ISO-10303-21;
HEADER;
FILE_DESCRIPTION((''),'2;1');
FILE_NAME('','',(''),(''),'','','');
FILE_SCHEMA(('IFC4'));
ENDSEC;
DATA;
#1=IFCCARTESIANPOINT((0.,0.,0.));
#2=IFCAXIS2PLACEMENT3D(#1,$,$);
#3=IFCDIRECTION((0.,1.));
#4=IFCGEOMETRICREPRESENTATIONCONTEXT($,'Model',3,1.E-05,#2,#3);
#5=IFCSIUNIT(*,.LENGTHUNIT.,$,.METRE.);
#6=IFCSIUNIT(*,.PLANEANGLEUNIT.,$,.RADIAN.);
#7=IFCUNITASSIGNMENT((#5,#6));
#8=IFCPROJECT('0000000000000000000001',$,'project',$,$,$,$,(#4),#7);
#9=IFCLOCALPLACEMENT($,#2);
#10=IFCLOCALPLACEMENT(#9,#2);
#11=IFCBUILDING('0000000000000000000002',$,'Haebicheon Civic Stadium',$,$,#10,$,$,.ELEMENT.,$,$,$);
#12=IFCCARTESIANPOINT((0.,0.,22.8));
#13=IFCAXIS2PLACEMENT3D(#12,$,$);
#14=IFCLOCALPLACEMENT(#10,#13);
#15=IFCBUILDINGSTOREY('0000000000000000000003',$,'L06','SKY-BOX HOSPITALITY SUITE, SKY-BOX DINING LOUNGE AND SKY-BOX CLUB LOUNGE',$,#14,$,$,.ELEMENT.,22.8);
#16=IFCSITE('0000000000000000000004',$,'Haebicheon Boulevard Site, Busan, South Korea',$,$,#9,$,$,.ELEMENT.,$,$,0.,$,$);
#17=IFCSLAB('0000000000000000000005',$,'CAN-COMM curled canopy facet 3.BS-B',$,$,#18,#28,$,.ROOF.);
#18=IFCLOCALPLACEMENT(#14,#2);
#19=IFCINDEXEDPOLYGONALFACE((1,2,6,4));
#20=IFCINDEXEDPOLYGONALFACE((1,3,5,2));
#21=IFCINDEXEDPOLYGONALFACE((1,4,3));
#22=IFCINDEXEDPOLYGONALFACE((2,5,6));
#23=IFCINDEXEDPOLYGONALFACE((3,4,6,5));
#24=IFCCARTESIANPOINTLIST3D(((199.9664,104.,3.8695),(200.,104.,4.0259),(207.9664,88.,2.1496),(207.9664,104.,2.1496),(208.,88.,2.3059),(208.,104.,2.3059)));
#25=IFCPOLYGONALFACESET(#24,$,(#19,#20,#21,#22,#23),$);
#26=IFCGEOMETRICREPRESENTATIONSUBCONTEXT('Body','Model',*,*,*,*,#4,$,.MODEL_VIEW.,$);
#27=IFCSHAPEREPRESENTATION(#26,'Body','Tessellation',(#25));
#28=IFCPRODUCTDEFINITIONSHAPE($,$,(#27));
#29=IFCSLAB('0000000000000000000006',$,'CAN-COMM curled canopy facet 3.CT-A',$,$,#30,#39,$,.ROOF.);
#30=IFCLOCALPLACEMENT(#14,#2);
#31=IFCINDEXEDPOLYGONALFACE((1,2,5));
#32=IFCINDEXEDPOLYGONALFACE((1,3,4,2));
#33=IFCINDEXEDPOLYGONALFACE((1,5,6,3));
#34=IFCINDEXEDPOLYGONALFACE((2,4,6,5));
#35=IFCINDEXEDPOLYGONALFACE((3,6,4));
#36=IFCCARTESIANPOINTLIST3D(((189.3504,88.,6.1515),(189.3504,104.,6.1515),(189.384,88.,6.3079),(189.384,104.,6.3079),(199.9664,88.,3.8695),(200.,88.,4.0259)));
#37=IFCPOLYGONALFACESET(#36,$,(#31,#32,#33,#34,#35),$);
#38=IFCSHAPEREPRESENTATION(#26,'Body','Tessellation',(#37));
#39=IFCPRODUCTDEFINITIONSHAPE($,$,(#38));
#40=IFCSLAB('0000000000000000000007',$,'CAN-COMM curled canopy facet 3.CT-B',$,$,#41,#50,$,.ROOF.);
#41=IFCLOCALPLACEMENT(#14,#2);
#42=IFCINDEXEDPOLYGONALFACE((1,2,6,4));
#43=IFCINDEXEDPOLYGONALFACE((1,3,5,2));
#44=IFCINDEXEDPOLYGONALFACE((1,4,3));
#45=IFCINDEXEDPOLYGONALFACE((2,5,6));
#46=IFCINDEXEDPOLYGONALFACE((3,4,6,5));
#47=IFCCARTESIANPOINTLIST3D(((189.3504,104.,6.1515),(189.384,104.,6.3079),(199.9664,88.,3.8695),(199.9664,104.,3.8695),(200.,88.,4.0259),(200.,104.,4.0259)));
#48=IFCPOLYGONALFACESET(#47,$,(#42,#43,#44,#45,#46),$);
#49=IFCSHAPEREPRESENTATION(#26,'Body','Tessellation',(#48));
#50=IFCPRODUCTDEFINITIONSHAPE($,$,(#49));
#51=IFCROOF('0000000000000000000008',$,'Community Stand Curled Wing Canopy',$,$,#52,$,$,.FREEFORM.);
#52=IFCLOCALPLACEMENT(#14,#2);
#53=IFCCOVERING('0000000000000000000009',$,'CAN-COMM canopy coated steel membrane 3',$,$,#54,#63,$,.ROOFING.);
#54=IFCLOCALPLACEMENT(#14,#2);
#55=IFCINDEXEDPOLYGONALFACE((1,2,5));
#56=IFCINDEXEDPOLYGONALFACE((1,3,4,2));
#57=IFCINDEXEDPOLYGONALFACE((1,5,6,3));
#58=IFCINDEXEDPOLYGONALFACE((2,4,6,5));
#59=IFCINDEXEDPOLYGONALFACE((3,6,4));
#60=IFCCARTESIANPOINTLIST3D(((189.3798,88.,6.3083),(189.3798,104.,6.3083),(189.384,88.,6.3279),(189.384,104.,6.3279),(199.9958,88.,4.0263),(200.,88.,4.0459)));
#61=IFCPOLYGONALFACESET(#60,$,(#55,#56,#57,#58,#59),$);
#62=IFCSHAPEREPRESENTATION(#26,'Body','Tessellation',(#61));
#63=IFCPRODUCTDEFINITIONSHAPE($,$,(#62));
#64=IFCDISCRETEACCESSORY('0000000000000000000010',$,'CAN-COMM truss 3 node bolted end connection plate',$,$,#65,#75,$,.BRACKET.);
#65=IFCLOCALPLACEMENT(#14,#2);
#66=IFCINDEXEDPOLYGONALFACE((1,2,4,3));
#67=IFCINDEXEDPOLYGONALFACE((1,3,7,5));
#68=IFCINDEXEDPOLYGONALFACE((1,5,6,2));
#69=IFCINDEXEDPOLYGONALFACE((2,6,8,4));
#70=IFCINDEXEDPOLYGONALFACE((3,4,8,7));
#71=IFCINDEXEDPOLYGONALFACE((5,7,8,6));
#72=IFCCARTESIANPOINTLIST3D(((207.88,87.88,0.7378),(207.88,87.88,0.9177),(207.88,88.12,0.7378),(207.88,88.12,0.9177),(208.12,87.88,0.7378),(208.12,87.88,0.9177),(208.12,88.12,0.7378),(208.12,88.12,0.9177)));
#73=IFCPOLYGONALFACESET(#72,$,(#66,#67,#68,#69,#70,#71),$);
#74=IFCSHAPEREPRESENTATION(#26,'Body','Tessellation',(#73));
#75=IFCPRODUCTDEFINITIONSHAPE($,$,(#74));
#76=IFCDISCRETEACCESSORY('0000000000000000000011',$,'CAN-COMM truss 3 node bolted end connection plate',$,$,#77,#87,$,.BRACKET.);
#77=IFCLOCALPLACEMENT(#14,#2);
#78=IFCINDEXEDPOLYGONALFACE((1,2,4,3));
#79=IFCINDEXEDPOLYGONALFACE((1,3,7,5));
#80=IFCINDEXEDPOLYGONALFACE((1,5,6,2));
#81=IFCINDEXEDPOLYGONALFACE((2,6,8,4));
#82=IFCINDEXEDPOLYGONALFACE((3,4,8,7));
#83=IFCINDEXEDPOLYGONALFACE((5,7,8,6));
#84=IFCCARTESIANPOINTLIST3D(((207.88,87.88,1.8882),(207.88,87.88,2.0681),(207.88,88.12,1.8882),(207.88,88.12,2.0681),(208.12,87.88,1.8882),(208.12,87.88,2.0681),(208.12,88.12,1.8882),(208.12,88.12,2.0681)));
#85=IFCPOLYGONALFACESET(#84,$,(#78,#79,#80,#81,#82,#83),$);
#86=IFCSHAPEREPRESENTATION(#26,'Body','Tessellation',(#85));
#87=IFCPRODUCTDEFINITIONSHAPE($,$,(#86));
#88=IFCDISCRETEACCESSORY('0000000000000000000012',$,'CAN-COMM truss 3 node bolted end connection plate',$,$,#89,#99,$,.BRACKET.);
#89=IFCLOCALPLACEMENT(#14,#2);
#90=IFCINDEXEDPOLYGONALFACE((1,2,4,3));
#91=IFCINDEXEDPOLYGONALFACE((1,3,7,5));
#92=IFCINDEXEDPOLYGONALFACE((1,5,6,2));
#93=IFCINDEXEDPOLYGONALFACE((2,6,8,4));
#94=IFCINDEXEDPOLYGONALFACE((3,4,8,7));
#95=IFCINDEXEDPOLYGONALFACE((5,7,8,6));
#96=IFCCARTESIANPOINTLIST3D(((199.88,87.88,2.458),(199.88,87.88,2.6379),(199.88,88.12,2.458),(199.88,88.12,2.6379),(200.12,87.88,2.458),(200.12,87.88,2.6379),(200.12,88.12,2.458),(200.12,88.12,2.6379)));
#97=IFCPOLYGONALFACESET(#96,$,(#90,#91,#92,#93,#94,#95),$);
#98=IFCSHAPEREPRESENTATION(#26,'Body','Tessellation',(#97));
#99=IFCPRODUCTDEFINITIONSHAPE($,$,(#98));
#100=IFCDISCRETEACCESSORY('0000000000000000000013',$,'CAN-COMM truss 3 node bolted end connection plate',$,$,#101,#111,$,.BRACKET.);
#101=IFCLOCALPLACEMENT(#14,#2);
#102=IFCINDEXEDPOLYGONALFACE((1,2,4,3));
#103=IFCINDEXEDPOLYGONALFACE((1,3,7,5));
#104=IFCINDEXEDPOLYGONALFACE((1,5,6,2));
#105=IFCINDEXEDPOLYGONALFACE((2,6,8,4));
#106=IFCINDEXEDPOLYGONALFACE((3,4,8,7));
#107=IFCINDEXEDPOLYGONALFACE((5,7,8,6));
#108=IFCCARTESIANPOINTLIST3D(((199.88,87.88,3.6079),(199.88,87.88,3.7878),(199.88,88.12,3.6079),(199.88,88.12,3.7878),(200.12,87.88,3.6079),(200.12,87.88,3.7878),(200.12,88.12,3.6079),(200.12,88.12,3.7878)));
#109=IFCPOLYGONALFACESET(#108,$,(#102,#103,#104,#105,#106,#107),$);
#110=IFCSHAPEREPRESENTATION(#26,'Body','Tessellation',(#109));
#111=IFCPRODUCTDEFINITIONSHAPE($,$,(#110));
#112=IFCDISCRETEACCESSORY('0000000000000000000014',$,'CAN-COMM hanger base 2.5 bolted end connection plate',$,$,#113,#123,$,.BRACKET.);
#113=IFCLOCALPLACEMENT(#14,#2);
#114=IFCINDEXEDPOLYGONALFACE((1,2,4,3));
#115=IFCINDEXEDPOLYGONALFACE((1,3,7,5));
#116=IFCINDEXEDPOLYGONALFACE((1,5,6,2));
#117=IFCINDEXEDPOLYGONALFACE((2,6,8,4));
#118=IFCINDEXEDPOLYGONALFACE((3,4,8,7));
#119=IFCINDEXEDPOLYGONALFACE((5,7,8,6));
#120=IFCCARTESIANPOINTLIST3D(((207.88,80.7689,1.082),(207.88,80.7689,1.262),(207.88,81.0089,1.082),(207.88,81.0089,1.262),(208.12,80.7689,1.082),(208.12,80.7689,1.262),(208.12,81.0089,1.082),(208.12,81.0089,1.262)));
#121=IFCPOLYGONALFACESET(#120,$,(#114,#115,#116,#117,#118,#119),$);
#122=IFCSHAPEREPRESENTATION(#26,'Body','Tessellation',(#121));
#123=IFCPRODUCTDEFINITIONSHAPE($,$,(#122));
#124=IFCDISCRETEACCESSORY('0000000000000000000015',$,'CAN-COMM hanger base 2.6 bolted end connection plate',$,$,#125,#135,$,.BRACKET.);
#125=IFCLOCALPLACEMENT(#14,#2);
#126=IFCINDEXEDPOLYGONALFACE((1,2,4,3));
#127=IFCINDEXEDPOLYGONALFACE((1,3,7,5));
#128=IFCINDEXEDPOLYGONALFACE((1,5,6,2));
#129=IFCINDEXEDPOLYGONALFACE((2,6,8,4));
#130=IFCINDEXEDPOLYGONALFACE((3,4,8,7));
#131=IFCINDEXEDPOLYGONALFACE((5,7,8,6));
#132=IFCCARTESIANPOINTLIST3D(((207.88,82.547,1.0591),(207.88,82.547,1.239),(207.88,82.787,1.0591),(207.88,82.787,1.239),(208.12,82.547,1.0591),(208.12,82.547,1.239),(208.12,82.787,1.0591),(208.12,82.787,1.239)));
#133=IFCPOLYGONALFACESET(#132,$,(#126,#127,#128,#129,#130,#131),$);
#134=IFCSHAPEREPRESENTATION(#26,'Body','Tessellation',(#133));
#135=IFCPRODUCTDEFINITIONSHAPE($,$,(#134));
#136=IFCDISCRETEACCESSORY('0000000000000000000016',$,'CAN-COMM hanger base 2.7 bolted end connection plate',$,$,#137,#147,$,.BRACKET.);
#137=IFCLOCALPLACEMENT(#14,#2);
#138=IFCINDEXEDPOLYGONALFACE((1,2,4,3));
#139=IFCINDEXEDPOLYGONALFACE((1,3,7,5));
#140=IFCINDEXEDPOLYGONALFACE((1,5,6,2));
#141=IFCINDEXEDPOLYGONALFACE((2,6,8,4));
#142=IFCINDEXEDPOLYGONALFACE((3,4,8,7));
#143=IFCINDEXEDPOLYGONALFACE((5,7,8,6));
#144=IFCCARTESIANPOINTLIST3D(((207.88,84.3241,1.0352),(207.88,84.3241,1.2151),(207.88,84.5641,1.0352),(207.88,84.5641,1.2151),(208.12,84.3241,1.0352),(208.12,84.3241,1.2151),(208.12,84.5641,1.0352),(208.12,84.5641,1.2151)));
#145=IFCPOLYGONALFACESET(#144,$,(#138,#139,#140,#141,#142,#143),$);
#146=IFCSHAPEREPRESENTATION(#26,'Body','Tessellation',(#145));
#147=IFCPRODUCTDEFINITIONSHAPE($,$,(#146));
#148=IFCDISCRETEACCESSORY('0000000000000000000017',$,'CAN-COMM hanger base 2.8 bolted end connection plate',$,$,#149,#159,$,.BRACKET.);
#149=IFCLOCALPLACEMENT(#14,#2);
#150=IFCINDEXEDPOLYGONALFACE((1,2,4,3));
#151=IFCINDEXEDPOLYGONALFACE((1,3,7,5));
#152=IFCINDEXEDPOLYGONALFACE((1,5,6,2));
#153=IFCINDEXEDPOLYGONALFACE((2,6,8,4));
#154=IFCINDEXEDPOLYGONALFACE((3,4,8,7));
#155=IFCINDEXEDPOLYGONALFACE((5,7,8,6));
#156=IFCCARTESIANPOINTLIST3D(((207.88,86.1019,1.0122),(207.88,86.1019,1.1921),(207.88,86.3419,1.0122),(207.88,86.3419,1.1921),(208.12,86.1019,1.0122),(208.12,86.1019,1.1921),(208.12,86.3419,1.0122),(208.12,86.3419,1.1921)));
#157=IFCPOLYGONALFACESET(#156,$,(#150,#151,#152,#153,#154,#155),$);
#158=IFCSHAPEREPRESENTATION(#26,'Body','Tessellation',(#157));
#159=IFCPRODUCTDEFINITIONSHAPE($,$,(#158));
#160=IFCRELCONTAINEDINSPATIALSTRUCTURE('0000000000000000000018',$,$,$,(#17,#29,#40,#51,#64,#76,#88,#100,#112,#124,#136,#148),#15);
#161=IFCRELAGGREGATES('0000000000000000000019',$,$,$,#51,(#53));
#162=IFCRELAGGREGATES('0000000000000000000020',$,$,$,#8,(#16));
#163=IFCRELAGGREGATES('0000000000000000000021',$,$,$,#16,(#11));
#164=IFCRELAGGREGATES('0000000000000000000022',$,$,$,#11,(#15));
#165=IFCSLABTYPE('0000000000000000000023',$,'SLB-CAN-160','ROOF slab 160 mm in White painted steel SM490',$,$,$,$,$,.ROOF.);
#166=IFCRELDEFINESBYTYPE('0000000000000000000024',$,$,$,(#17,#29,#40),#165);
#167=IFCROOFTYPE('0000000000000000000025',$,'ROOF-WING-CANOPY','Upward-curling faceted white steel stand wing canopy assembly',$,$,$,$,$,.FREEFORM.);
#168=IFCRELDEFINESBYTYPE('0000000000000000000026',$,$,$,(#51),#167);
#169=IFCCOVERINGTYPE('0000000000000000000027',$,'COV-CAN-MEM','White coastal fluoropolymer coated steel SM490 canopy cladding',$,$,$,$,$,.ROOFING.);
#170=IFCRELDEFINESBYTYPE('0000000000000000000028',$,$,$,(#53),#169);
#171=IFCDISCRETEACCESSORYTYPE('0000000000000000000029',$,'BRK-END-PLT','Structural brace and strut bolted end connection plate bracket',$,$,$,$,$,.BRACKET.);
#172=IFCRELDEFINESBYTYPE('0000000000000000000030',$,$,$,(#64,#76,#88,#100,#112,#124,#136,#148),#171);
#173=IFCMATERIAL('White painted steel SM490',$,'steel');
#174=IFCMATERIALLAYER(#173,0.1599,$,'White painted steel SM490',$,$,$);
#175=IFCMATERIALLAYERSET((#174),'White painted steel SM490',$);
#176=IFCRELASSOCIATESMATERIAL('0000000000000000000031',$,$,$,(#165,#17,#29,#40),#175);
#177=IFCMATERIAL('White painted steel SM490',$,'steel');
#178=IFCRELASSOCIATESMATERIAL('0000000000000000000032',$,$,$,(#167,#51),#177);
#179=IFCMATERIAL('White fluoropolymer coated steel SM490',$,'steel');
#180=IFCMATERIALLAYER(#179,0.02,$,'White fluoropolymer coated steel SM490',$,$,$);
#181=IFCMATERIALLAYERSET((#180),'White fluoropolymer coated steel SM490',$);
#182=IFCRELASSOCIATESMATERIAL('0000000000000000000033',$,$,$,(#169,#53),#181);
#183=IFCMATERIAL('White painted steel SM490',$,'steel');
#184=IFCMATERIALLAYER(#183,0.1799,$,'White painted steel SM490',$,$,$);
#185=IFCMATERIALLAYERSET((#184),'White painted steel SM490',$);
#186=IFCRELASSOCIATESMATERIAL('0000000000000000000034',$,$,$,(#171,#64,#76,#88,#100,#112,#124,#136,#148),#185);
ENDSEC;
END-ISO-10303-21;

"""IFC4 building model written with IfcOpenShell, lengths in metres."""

from ifc_helpers import new_model, si_unit, direction, frame, origin, origin_2d, place, context, subcontext, project, spatial, polyline, rectangle, outline, extrude, material, layer, layer_set, type_object, element, aggregate, save


model = new_model("IFC4")

# Units and contexts
model_context = context("Model", 3, precision=1e-05, world=origin(), true_north=direction((0.0, 1.0)))
body_context = subcontext(model_context, "Body", "Model", "MODEL_VIEW")
ifc_project = project(units=[si_unit("LENGTHUNIT", "METRE"), si_unit("PLANEANGLEUNIT", "RADIAN")], contexts=[model_context])

# Site, building, storey
site_placement = place(None, origin())
site = spatial("IfcSite", under=ifc_project, at=site_placement, Name="Haebicheon Boulevard Site, Busan, South Korea", CompositionType="ELEMENT", RefElevation=0.0)
building_placement = place(site_placement, origin())
building = spatial("IfcBuilding", under=site, at=building_placement, Name="Haebicheon Civic Stadium", CompositionType="ELEMENT")
storey_placement = place(building_placement, frame((0.0, 0.0, 22.8)))
storey = spatial("IfcBuildingStorey", under=building, at=storey_placement, Name="L06", Description="SKY-BOX HOSPITALITY SUITE, SKY-BOX DINING LOUNGE AND SKY-BOX CLUB LOUNGE", CompositionType="ELEMENT", Elevation=22.8)

# Slabs
ifc_material_1 = material(Name="White painted steel SM490", Category="steel")
ifc_layer_1 = layer(ifc_material_1, 0.1599, Name="White painted steel SM490")
ifc_layer_set_1 = layer_set([ifc_layer_1], Name="White painted steel SM490")
slab_type = type_object("IfcSlabType", Name="SLB-CAN-160", Description="ROOF slab 160 mm in White painted steel SM490", PredefinedType="ROOF", material=ifc_layer_set_1)
slab_1_placement = place(storey_placement, frame((208.0, 88.0, 2.3059), z_axis=(0.210193, 0.0, 0.97766), x_axis=(-0.445161, 0.890321, 0.095708)))
element("IfcSlab", 1, at=slab_1_placement, inside=storey, type_object=slab_type, material=ifc_layer_set_1, Name="CAN-COMM curled canopy facet 3.BS-B", PredefinedType="ROOF", context=body_context, shape_type="SweptSolid", body=[
    extrude(outline(polyline([(0.0, 0.0), (17.971, 0.0), (14.2451, -7.2853), (0.0, 0.0)])), origin(), (0.0, 0.0, -1.0), 0.1599),
])
slab_2_placement = place(storey_placement, frame((200.0, 88.0, 4.0259), z_axis=(0.210157, 0.0, 0.977668), x_axis=(-0.977668, 0.0, 0.210157)))
element("IfcSlab", 2, at=slab_2_placement, inside=storey, type_object=slab_type, material=ifc_layer_set_1, Name="CAN-COMM curled canopy facet 3.CT-A", PredefinedType="ROOF", context=body_context, shape_type="SweptSolid", body=[
    extrude(outline(polyline([(0.0, 0.0), (10.8585, 0.0), (10.8585, -16.0), (0.0, 0.0)])), origin(), (0.0, 0.0, -1.0), 0.1599),
])
slab_3_placement = place(storey_placement, frame((200.0, 88.0, 4.0259), z_axis=(0.210157, 0.0, 0.977668), x_axis=(-0.549007, 0.827444, 0.118013)))
element("IfcSlab", 3, at=slab_3_placement, inside=storey, type_object=slab_type, material=ifc_layer_set_1, Name="CAN-COMM curled canopy facet 3.CT-B", PredefinedType="ROOF", context=body_context, shape_type="SweptSolid", body=[
    extrude(outline(polyline([(0.0, 0.0), (19.3367, 0.0), (13.2391, -8.9848), (0.0, 0.0)])), origin(), (0.0, 0.0, -1.0), 0.1599),
])

# Roof, covering
ifc_material_2 = material(Name="White painted steel SM490", Category="steel")
roof_type = type_object("IfcRoofType", Name="ROOF-WING-CANOPY", Description="Upward-curling faceted white steel stand wing canopy assembly", PredefinedType="FREEFORM", material=ifc_material_2)
roof_placement = place(storey_placement, origin())
roof = element("IfcRoof", 4, at=roof_placement, inside=storey, type_object=roof_type, material=ifc_material_2, Name="Community Stand Curled Wing Canopy", PredefinedType="FREEFORM")
ifc_material_3 = material(Name="White fluoropolymer coated steel SM490", Category="steel")
ifc_layer_2 = layer(ifc_material_3, 0.02, Name="White fluoropolymer coated steel SM490")
ifc_layer_set_2 = layer_set([ifc_layer_2], Name="White fluoropolymer coated steel SM490")
covering_type = type_object("IfcCoveringType", Name="COV-CAN-MEM", Description="White coastal fluoropolymer coated steel SM490 canopy cladding", PredefinedType="ROOFING", material=ifc_layer_set_2)
covering_placement = place(storey_placement, frame((200.0, 88.0, 4.0459), z_axis=(0.210157, 0.0, 0.977668), x_axis=(-0.977668, 0.0, 0.210157)))
covering = element("IfcCovering", 5, at=covering_placement, type_object=covering_type, material=ifc_layer_set_2, Name="CAN-COMM canopy coated steel membrane 3", PredefinedType="ROOFING", context=body_context, shape_type="SweptSolid", body=[
    extrude(outline(polyline([(0.0, 0.0), (10.8585, 0.0), (10.8585, -16.0), (0.0, 0.0)])), origin(), (0.0, 0.0, -1.0), 0.02),
])
aggregate(roof, [covering])

# Discrete accessories
ifc_material_4 = material(Name="White painted steel SM490", Category="steel")
ifc_layer_3 = layer(ifc_material_4, 0.1799, Name="White painted steel SM490")
ifc_layer_set_3 = layer_set([ifc_layer_3], Name="White painted steel SM490")
discrete_accessory_type = type_object("IfcDiscreteAccessoryType", Name="BRK-END-PLT", Description="Structural brace and strut bolted end connection plate bracket", PredefinedType="BRACKET", material=ifc_layer_set_3)
for number, where, z_axis, x_axis, name in (
    (6, (208.0, 88.0, 0.7378), (0.0, 0.0, 1.0), (1.0, 0.0, 0.0), "CAN-COMM truss 3 node bolted end connection plate"),
    (7, (208.0, 88.0, 1.8882), (0.0, 0.0, 1.0), (1.0, 0.0, 0.0), "CAN-COMM truss 3 node bolted end connection plate"),
    (8, (200.0, 88.0, 2.458), (0.0, 0.0, 1.0), (1.0, 0.0, 0.0), "CAN-COMM truss 3 node bolted end connection plate"),
    (9, (200.0, 88.0, 3.6079), (0.0, 0.0, 1.0), (1.0, 0.0, 0.0), "CAN-COMM truss 3 node bolted end connection plate"),
    (10, (208.0, 80.8889, 1.082), (0.0, 0.0, 1.0), (1.0, 0.0, 0.0), "CAN-COMM hanger base 2.5 bolted end connection plate"),
    (11, (208.0, 82.667, 1.0591), (0.0, 0.0, 1.0), (1.0, 0.0, 0.0), "CAN-COMM hanger base 2.6 bolted end connection plate"),
    (12, (208.0, 84.4441, 1.0352), (0.0, 0.0, 1.0), (1.0, 0.0, 0.0), "CAN-COMM hanger base 2.7 bolted end connection plate"),
    (13, (208.0, 86.2219, 1.0122), (0.0, 0.0, 1.0), (1.0, 0.0, 0.0), "CAN-COMM hanger base 2.8 bolted end connection plate"),
):
    element("IfcDiscreteAccessory", number, at=place(storey_placement, frame(where, z_axis=z_axis, x_axis=x_axis)), inside=storey, type_object=discrete_accessory_type, material=ifc_layer_set_3, Name=name, PredefinedType="BRACKET", context=body_context, shape_type="SweptSolid", body=[
        extrude(rectangle(XDim=0.24, YDim=0.24, at=origin_2d()), origin(), (0.0, 0.0, 1.0), 0.1799),
    ])

save(model, "model.ifc")
